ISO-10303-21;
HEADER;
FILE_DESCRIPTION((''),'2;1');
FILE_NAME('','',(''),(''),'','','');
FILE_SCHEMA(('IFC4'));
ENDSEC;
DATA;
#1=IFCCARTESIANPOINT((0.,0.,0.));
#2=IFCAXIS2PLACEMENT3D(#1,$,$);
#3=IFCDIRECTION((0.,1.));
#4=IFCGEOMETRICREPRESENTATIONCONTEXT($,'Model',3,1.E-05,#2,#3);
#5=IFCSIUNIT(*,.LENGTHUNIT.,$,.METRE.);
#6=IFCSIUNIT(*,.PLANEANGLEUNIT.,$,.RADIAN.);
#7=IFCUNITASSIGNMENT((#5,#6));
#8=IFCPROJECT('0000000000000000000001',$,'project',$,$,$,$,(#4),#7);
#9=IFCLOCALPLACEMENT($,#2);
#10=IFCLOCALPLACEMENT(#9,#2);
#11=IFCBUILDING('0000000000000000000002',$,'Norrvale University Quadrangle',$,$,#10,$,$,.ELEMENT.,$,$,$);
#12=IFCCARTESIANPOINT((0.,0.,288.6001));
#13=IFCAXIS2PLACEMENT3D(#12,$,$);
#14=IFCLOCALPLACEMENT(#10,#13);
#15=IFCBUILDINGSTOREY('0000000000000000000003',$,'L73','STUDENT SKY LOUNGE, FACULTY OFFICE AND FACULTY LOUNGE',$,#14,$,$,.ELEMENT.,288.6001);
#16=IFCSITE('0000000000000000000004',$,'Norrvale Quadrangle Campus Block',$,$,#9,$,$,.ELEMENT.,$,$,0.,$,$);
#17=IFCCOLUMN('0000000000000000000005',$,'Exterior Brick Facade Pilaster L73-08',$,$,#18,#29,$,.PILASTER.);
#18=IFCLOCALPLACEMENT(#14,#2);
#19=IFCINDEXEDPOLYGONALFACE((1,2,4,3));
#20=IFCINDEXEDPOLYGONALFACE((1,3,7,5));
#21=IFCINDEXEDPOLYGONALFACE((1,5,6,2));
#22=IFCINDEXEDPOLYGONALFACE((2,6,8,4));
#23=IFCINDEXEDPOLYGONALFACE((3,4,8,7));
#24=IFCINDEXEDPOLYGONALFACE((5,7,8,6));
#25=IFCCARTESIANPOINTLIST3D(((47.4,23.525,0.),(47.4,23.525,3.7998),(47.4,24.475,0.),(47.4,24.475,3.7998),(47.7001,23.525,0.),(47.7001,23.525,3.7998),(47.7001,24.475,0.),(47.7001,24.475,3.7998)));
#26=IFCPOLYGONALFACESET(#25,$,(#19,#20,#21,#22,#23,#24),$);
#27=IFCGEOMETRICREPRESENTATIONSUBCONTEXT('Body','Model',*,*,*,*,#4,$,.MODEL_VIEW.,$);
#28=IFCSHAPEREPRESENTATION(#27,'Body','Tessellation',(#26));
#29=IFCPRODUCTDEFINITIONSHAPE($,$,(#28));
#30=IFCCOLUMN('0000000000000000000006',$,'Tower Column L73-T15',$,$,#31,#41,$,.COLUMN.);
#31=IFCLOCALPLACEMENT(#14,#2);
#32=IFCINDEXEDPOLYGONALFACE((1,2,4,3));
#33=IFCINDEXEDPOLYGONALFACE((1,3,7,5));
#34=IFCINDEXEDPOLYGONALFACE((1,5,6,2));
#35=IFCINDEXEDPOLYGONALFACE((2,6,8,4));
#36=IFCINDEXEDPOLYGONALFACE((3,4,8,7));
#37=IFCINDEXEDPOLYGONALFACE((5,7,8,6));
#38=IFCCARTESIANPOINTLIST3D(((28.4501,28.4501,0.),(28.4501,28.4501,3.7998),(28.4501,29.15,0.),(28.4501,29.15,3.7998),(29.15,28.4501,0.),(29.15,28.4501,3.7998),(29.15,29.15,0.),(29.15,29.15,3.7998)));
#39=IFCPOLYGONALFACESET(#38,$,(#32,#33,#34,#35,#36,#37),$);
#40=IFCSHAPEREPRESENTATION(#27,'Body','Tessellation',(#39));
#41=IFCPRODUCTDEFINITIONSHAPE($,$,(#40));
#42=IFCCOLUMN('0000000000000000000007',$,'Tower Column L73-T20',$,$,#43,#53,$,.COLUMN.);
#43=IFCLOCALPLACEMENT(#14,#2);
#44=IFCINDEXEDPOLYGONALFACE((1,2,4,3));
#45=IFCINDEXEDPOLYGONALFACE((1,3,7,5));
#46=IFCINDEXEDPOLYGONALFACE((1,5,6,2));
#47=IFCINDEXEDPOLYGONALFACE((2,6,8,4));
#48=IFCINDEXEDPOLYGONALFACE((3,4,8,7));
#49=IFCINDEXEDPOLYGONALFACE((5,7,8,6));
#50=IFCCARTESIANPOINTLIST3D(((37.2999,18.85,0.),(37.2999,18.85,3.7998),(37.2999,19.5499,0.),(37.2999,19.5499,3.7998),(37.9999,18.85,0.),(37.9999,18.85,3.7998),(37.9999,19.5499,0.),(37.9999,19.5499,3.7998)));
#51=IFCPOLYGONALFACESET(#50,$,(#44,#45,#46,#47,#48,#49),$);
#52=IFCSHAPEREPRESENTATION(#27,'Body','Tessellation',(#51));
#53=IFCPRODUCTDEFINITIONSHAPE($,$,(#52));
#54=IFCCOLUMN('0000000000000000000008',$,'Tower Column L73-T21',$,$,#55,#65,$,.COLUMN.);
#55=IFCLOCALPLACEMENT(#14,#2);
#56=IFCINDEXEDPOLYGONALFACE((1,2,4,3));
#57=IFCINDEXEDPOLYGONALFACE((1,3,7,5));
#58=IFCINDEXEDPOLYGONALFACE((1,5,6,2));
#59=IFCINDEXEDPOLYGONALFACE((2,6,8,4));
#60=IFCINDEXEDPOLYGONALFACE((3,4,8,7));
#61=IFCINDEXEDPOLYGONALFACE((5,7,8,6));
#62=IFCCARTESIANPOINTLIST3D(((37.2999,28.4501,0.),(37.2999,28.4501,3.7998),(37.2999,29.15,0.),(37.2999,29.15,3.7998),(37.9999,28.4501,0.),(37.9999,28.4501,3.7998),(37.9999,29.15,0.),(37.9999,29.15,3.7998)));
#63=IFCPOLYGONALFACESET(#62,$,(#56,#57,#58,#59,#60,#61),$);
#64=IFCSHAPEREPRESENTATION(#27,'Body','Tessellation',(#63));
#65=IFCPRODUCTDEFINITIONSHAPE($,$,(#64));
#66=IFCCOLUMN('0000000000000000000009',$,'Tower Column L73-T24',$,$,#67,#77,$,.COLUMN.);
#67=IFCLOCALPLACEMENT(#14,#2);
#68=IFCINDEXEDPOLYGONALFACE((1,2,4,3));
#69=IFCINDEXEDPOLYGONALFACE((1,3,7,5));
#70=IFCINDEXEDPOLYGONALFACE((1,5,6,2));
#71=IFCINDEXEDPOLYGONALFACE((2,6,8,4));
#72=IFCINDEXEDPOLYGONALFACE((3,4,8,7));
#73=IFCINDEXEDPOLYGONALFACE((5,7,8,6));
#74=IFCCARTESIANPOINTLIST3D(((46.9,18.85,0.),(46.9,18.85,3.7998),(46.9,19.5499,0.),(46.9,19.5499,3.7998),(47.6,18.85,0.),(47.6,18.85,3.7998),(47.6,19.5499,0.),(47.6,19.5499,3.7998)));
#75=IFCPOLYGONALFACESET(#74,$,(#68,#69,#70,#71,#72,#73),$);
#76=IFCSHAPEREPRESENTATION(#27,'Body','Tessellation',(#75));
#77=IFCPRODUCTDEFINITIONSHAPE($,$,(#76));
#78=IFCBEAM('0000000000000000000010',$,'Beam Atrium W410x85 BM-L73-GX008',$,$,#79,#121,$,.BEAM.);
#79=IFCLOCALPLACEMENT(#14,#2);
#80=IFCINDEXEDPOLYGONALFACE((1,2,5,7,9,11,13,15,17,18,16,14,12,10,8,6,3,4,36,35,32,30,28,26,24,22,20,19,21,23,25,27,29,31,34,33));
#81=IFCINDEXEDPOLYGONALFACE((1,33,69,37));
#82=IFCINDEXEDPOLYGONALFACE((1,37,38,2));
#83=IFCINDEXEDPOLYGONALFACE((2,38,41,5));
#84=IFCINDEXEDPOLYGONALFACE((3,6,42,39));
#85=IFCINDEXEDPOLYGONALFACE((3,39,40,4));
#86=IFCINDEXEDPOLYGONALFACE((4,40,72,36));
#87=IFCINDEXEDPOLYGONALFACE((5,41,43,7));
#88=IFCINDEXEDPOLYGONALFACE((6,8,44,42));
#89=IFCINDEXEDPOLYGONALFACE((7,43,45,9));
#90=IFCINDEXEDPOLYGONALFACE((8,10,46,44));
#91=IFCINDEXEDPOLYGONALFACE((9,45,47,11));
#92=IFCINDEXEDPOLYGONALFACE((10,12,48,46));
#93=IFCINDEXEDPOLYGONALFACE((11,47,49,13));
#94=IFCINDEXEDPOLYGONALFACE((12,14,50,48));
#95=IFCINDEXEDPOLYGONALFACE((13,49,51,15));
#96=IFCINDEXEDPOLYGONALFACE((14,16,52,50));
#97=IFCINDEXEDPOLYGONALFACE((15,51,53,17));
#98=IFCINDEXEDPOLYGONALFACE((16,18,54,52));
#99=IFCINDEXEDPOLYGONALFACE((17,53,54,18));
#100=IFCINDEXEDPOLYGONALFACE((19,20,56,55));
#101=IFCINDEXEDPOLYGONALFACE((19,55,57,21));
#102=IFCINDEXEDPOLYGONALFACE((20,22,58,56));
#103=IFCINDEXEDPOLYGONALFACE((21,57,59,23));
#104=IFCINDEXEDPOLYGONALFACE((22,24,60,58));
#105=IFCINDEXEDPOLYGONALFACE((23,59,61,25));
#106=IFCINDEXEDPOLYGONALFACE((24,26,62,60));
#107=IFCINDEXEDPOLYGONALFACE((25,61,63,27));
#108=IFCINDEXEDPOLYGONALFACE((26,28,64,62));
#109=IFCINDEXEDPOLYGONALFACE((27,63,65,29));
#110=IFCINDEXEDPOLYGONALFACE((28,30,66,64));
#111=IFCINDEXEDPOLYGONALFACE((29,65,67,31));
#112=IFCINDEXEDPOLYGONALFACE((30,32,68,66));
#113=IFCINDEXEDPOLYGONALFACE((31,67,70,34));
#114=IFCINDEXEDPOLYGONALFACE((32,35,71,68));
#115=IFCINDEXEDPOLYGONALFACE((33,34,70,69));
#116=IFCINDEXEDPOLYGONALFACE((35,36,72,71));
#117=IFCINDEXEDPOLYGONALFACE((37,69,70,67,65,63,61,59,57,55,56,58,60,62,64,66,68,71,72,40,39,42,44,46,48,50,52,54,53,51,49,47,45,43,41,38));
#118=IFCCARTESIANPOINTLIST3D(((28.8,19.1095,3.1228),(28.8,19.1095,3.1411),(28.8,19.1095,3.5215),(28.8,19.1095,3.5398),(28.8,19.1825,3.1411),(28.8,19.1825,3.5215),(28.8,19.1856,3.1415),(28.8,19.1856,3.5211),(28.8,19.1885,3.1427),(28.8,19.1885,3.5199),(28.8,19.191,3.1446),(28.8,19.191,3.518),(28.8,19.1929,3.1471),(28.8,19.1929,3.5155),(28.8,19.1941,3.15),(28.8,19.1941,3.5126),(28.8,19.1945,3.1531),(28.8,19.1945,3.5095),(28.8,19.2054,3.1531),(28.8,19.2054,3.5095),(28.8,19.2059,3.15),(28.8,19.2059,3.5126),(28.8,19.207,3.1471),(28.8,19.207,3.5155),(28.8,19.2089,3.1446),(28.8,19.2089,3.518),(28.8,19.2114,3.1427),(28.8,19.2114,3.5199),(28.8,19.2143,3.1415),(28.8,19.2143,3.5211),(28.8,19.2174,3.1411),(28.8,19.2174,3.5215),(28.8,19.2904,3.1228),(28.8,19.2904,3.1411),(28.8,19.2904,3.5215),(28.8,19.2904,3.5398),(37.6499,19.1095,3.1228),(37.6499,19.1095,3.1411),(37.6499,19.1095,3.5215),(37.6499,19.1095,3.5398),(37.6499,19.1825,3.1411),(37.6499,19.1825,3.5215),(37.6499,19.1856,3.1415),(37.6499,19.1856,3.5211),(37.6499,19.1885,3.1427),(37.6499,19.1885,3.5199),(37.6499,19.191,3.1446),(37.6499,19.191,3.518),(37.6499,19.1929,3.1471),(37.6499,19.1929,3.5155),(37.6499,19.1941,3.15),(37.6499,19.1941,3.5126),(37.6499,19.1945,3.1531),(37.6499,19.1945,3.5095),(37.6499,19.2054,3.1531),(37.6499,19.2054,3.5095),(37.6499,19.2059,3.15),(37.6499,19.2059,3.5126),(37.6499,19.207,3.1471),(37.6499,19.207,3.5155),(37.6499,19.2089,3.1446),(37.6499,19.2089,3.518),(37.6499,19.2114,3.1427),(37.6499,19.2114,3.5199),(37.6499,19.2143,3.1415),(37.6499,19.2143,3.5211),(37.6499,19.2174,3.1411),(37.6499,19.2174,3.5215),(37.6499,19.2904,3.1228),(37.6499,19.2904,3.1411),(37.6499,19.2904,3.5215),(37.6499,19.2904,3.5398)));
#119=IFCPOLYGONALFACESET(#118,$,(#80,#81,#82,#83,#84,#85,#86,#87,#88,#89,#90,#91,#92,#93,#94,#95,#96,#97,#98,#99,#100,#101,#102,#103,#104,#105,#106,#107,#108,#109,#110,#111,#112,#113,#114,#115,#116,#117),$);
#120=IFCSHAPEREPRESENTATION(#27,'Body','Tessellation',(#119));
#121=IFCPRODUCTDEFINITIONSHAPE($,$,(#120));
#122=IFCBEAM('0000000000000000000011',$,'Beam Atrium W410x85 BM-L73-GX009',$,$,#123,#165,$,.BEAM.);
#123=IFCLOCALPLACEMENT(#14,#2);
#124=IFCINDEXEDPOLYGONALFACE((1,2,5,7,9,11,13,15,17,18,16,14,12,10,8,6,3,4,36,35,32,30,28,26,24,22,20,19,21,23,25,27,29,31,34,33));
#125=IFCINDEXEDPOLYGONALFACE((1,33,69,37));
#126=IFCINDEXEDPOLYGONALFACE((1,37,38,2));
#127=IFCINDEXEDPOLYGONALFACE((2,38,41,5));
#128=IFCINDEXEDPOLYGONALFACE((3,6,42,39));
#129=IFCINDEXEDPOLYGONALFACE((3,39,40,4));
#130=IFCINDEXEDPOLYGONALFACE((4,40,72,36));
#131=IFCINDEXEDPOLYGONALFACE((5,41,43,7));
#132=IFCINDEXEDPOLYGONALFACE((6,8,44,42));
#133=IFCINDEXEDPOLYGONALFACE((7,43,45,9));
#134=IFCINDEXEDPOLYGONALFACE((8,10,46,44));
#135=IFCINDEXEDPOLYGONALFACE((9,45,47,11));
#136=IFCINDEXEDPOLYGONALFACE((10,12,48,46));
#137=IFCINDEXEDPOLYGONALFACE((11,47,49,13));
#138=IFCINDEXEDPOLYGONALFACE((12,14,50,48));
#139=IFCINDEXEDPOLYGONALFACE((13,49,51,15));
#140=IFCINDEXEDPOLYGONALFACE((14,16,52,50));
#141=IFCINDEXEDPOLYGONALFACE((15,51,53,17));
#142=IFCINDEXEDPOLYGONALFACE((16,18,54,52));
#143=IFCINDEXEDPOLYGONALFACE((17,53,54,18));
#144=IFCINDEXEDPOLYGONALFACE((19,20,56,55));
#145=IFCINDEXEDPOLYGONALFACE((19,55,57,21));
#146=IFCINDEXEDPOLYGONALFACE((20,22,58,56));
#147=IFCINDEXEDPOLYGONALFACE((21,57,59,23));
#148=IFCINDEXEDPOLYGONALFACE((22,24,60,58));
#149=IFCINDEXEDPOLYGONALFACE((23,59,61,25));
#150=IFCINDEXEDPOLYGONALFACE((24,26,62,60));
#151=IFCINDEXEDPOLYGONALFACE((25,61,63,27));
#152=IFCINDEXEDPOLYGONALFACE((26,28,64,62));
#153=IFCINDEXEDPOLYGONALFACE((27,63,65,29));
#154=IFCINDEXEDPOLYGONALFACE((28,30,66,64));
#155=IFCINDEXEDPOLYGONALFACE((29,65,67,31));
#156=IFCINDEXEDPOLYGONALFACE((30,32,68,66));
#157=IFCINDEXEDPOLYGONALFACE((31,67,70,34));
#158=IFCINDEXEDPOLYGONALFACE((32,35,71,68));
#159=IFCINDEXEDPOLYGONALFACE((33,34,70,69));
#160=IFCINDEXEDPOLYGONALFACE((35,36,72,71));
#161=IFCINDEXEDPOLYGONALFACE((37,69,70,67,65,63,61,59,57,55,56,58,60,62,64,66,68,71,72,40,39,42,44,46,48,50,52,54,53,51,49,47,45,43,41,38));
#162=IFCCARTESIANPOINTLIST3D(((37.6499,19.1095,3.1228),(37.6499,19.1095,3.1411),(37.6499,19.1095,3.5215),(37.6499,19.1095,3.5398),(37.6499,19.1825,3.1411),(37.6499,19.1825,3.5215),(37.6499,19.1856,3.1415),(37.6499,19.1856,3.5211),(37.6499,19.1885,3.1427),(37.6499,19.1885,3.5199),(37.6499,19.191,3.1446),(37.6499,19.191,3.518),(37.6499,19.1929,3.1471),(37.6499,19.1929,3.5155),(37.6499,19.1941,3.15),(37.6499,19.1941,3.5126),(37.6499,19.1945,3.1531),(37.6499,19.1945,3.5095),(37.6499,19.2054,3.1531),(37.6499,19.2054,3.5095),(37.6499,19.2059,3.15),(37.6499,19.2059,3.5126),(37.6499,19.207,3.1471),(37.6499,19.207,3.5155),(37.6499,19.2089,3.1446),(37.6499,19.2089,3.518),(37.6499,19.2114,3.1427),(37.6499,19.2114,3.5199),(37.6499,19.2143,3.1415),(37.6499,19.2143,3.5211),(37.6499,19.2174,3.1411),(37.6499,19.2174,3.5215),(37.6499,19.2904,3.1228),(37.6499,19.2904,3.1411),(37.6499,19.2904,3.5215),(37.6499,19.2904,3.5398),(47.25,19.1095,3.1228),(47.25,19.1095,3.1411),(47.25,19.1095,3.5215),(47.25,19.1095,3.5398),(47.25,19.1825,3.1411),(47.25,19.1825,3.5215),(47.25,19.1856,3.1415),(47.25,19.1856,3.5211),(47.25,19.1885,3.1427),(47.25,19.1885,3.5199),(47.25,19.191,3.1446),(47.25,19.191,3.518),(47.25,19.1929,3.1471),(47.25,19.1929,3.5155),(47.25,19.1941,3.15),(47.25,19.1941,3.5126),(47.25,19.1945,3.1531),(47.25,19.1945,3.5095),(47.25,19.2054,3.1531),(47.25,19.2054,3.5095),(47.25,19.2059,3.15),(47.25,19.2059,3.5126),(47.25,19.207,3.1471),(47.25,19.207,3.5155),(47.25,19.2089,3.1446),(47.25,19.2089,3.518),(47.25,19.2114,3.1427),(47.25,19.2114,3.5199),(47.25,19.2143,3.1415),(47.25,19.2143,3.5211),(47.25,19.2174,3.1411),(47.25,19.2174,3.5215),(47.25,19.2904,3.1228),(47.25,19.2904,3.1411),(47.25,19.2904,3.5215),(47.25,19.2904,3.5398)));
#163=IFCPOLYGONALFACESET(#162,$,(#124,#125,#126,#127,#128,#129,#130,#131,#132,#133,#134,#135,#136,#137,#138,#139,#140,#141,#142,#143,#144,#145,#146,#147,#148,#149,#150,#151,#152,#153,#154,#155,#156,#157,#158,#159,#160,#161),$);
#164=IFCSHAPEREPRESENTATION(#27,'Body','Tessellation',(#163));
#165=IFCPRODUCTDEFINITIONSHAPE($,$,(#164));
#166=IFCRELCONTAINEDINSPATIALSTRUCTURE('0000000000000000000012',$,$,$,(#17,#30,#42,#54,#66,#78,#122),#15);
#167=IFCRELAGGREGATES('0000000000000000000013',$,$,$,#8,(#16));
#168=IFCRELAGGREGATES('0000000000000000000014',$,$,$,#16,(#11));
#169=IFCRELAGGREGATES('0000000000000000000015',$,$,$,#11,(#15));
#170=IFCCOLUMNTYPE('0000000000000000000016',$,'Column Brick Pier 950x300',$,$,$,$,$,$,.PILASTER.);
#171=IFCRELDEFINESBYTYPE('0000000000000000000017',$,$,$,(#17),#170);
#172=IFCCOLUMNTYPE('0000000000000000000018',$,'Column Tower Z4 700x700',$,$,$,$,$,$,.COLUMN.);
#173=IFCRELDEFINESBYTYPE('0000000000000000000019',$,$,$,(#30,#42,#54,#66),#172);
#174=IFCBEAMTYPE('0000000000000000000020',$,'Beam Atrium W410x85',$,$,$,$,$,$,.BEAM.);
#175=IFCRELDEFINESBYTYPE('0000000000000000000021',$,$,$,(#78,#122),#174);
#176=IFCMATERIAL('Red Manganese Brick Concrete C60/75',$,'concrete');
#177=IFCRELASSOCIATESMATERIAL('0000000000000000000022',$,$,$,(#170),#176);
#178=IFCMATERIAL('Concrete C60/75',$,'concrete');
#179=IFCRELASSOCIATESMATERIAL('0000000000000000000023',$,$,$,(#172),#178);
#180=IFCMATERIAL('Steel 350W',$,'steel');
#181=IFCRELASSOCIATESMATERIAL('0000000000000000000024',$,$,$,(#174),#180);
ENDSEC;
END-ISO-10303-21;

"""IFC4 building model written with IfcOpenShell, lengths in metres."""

from ifc_helpers import new_model, si_unit, direction, frame, origin, origin_2d, place, context, subcontext, project, spatial, rectangle, i_section, extrude, material, material_profile, profile_set, type_object, element, save


model = new_model("IFC4")

# Units and contexts
model_context = context("Model", 3, precision=1e-05, world=origin(), true_north=direction((0.0, 1.0)))
body_context = subcontext(model_context, "Body", "Model", "MODEL_VIEW")
ifc_project = project(units=[si_unit("LENGTHUNIT", "METRE"), si_unit("PLANEANGLEUNIT", "RADIAN")], contexts=[model_context])

# Site, building, storey
site_placement = place(None, origin())
site = spatial("IfcSite", under=ifc_project, at=site_placement, Name="Norrvale Quadrangle Campus Block", CompositionType="ELEMENT", RefElevation=0.0)
building_placement = place(site_placement, origin())
building = spatial("IfcBuilding", under=site, at=building_placement, Name="Norrvale University Quadrangle", CompositionType="ELEMENT")
storey_placement = place(building_placement, frame((0.0, 0.0, 288.6001)))
storey = spatial("IfcBuildingStorey", under=building, at=storey_placement, Name="L73", Description="STUDENT SKY LOUNGE, FACULTY OFFICE AND FACULTY LOUNGE", CompositionType="ELEMENT", Elevation=288.6001)

# Columns
ifc_material_1 = material(Name="Red Manganese Brick Concrete C60/75", Category="concrete")
ifc_material_profile_1 = material_profile(ifc_material_1, rectangle(XDim=0.95, YDim=0.3, at=origin_2d()), Name="Red Manganese Brick Concrete C60/75")
ifc_profile_set_1 = profile_set([ifc_material_profile_1], Name="Red Manganese Brick Concrete C60/75")
column_type_1 = type_object("IfcColumnType", Name="Column Brick Pier 950x300", PredefinedType="PILASTER", material=ifc_profile_set_1)
column_placement = place(storey_placement, frame((47.55, 24.0, 0.0), z_axis=(0.0, 0.0, 1.0), x_axis=(0.0, 1.0, 0.0)))
element("IfcColumn", 1, at=column_placement, inside=storey, type_object=column_type_1, Name="Exterior Brick Facade Pilaster L73-08", PredefinedType="PILASTER", context=body_context, shape_type="SweptSolid", body=[
    extrude(rectangle(XDim=0.95, YDim=0.3, at=origin_2d()), origin(), (0.0, 0.0, 1.0), 3.7998),
])
ifc_material_2 = material(Name="Concrete C60/75", Category="concrete")
ifc_material_profile_2 = material_profile(ifc_material_2, rectangle(XDim=0.7, YDim=0.7, at=origin_2d()), Name="Concrete C60/75")
ifc_profile_set_2 = profile_set([ifc_material_profile_2], Name="Concrete C60/75")
column_type_2 = type_object("IfcColumnType", Name="Column Tower Z4 700x700", PredefinedType="COLUMN", material=ifc_profile_set_2)
for number, where, z_axis, x_axis, name in (
    (2, (28.8, 28.8, 0.0), (0.0, 0.0, 1.0), (1.0, 0.0, 0.0), "Tower Column L73-T15"),
    (3, (37.6499, 19.2, 0.0), (0.0, 0.0, 1.0), (1.0, 0.0, 0.0), "Tower Column L73-T20"),
    (4, (37.6499, 28.8, 0.0), (0.0, 0.0, 1.0), (1.0, 0.0, 0.0), "Tower Column L73-T21"),
    (5, (47.25, 19.2, 0.0), (0.0, 0.0, 1.0), (1.0, 0.0, 0.0), "Tower Column L73-T24"),
):
    element("IfcColumn", number, at=place(storey_placement, frame(where, z_axis=z_axis, x_axis=x_axis)), inside=storey, type_object=column_type_2, Name=name, PredefinedType="COLUMN", context=body_context, shape_type="SweptSolid", body=[
        extrude(rectangle(XDim=0.7, YDim=0.7, at=origin_2d()), origin(), (0.0, 0.0, 1.0), 3.7998),
    ])

# Beams
ifc_material_3 = material(Name="Steel 350W", Category="steel")
ifc_material_profile_3 = material_profile(ifc_material_3, i_section(OverallWidth=0.1809, OverallDepth=0.417, WebThickness=0.011, FlangeThickness=0.0183, FilletRadius=0.012, at=origin_2d()), Name="Steel 350W")
ifc_profile_set_3 = profile_set([ifc_material_profile_3], Name="Steel 350W")
beam_type_1 = type_object("IfcBeamType", Name="Beam Atrium W410x85", PredefinedType="BEAM", material=ifc_profile_set_3)
beam_1_placement = place(storey_placement, frame((28.8, 19.2, 3.3313), z_axis=(1.0, 0.0, 0.0), x_axis=(0.0, 1.0, 0.0)))
element("IfcBeam", 6, at=beam_1_placement, inside=storey, type_object=beam_type_1, Name="Beam Atrium W410x85 BM-L73-GX008", PredefinedType="BEAM", context=body_context, shape_type="SweptSolid", body=[
    extrude(i_section(OverallWidth=0.1809, OverallDepth=0.417, WebThickness=0.011, FlangeThickness=0.0183, FilletRadius=0.012, at=origin_2d()), origin(), (0.0, 0.0, 1.0), 8.8499),
])
beam_2_placement = place(storey_placement, frame((37.6499, 19.2, 3.3313), z_axis=(1.0, 0.0, 0.0), x_axis=(0.0, 1.0, 0.0)))
element("IfcBeam", 7, at=beam_2_placement, inside=storey, type_object=beam_type_1, Name="Beam Atrium W410x85 BM-L73-GX009", PredefinedType="BEAM", context=body_context, shape_type="SweptSolid", body=[
    extrude(i_section(OverallWidth=0.1809, OverallDepth=0.417, WebThickness=0.011, FlangeThickness=0.0183, FilletRadius=0.012, at=origin_2d()), origin(), (0.0, 0.0, 1.0), 9.6001),
])

save(model, "model.ifc")
